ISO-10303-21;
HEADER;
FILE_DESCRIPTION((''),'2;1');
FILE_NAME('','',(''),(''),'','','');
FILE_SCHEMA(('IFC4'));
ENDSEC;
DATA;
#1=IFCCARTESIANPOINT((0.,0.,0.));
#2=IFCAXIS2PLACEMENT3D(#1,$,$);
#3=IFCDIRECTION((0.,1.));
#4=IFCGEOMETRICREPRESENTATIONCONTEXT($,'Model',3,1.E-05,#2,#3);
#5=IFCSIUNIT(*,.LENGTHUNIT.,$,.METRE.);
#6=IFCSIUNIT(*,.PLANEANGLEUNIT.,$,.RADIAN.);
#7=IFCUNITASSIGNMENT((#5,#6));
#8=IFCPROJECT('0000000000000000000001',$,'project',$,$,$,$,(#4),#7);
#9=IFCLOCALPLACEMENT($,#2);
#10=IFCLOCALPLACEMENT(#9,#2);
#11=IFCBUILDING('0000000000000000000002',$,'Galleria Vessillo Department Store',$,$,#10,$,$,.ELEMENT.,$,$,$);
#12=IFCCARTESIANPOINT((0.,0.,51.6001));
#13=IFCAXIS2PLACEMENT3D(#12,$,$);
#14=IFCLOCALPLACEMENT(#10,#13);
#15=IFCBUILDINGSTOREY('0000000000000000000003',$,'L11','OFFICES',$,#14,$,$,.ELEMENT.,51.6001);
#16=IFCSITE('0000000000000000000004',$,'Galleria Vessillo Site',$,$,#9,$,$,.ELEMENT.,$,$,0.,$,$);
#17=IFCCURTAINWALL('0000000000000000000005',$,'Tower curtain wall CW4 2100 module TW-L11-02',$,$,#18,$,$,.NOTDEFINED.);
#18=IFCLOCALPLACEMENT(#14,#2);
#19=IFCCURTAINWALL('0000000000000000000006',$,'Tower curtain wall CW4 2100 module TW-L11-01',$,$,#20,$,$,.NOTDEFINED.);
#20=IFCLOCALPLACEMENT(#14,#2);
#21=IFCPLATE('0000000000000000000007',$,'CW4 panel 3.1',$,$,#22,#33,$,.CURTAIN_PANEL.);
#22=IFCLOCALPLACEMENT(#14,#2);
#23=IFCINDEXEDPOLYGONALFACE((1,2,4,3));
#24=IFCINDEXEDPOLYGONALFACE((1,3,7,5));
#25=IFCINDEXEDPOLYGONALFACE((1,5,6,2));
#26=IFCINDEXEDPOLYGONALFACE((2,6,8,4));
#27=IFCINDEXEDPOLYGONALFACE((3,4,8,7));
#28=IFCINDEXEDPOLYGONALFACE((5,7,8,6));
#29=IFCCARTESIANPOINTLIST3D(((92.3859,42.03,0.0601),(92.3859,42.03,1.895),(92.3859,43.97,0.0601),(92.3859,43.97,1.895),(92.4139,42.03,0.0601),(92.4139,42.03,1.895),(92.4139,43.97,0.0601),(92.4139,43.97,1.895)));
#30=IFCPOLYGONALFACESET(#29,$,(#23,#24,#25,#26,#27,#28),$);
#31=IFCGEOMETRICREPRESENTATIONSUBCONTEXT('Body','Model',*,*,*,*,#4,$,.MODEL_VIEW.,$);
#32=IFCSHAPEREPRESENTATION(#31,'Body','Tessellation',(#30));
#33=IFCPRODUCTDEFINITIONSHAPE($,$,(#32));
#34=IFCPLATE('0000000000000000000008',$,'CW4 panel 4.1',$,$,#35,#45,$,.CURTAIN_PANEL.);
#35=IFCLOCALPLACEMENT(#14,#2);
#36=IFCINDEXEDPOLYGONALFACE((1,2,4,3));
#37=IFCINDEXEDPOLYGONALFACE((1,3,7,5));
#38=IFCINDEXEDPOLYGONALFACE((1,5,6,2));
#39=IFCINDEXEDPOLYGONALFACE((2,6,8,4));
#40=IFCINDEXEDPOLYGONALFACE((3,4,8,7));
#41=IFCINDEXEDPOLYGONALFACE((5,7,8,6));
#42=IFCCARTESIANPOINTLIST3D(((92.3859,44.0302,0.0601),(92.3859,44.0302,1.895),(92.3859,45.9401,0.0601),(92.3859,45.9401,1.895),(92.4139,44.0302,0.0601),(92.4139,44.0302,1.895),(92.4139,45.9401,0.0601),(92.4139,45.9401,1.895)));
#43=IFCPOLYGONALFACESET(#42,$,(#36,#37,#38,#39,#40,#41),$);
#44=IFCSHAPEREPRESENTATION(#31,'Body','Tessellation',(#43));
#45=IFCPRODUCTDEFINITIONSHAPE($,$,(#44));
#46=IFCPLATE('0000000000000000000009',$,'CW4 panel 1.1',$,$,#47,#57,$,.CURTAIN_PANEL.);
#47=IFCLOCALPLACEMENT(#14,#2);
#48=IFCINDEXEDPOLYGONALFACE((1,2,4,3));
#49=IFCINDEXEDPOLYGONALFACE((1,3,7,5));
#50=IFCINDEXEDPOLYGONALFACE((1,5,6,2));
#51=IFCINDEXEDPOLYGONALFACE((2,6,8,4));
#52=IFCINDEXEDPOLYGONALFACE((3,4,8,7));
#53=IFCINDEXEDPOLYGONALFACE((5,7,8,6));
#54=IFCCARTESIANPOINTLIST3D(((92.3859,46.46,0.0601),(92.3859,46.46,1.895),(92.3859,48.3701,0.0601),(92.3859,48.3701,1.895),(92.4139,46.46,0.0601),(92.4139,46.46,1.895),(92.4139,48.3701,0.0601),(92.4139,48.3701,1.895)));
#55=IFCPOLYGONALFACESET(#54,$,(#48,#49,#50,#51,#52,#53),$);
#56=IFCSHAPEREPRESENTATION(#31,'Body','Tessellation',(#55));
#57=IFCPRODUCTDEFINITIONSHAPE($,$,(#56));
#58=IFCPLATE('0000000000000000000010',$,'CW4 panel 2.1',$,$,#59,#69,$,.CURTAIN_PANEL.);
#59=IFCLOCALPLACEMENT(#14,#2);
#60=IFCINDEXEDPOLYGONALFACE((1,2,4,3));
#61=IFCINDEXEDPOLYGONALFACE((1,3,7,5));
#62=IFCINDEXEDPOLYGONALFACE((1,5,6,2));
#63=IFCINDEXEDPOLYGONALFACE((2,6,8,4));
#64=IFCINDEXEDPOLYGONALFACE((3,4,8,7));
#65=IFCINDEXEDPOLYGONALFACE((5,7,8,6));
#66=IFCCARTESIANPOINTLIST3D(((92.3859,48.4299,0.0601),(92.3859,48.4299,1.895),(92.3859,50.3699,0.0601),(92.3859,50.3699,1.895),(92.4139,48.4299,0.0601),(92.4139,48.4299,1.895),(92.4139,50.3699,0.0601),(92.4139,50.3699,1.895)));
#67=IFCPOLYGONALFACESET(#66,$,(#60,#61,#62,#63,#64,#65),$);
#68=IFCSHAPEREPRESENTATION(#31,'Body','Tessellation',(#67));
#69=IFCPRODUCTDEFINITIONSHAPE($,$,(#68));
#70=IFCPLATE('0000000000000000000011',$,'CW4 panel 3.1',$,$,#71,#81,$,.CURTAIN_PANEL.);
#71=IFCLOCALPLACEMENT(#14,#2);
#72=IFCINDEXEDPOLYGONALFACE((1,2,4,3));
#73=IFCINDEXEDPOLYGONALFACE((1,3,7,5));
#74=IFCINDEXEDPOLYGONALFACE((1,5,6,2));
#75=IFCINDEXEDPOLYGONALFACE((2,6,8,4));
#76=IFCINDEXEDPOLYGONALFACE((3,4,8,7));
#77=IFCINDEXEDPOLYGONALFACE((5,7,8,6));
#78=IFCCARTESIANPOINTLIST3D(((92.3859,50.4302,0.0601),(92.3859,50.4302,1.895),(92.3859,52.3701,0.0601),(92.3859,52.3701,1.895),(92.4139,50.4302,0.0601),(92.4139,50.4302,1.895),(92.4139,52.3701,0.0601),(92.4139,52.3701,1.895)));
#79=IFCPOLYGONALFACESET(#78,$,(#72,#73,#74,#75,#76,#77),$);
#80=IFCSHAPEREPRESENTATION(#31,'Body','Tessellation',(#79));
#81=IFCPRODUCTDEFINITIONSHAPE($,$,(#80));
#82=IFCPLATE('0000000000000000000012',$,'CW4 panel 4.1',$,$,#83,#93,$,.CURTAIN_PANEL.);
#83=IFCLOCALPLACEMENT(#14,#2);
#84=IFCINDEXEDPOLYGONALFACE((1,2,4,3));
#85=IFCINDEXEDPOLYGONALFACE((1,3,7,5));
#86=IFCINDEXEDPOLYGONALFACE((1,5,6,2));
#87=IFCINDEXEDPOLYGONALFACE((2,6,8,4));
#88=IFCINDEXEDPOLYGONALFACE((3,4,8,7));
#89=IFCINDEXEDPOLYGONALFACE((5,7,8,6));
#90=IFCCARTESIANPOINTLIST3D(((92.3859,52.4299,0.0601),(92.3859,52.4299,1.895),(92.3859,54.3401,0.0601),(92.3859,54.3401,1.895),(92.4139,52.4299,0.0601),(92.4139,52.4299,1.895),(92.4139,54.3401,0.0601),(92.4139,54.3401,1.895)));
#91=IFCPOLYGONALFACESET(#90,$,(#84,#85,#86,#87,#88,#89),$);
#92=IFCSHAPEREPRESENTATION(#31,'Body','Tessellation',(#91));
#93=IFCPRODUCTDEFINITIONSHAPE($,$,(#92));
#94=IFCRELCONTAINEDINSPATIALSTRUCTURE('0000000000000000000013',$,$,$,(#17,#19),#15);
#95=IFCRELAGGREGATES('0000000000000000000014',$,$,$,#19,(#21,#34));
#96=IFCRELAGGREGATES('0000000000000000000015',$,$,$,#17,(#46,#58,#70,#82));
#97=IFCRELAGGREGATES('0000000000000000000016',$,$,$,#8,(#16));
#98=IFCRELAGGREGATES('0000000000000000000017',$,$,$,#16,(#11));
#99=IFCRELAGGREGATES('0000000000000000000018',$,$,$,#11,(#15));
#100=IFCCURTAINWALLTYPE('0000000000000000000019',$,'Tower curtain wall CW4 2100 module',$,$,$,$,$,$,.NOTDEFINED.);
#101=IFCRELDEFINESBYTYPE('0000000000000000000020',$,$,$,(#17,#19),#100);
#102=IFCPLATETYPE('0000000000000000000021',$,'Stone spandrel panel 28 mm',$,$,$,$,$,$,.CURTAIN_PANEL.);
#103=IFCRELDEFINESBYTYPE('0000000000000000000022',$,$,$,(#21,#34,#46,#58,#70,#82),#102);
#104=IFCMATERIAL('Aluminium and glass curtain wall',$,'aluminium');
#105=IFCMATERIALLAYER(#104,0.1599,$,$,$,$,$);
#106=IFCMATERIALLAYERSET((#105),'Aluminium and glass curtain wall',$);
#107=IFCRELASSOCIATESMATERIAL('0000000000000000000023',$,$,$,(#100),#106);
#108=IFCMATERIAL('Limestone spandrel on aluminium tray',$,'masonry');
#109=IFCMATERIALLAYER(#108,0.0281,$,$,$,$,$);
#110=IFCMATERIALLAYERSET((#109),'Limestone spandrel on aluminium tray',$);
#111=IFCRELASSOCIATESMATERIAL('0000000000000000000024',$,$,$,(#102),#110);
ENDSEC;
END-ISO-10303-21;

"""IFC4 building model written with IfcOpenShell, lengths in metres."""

from ifc_helpers import new_model, si_unit, direction, frame, origin, origin_2d, place, context, subcontext, project, spatial, rectangle, extrude, material, layer, layer_set, type_object, element, aggregate, save


model = new_model("IFC4")

# Units and contexts
model_context = context("Model", 3, precision=1e-05, world=origin(), true_north=direction((0.0, 1.0)))
body_context = subcontext(model_context, "Body", "Model", "MODEL_VIEW")
ifc_project = project(units=[si_unit("LENGTHUNIT", "METRE"), si_unit("PLANEANGLEUNIT", "RADIAN")], contexts=[model_context])

# Site, building, storey
site_placement = place(None, origin())
site = spatial("IfcSite", under=ifc_project, at=site_placement, Name="Galleria Vessillo Site", CompositionType="ELEMENT", RefElevation=0.0)
building_placement = place(site_placement, origin())
building = spatial("IfcBuilding", under=site, at=building_placement, Name="Galleria Vessillo Department Store", CompositionType="ELEMENT")
storey_placement = place(building_placement, frame((0.0, 0.0, 51.6001)))
storey = spatial("IfcBuildingStorey", under=building, at=storey_placement, Name="L11", Description="OFFICES", CompositionType="ELEMENT", Elevation=51.6001)

# Curtain walls
ifc_material_1 = material(Name="Aluminium and glass curtain wall", Category="aluminium")
ifc_layer_1 = layer(ifc_material_1, 0.1599)
ifc_layer_set_1 = layer_set([ifc_layer_1], Name="Aluminium and glass curtain wall")
curtain_wall_type = type_object("IfcCurtainWallType", Name="Tower curtain wall CW4 2100 module", PredefinedType="NOTDEFINED", material=ifc_layer_set_1)
curtain_wall_1_placement = place(storey_placement, origin())
curtain_wall_1 = element("IfcCurtainWall", 1, at=curtain_wall_1_placement, inside=storey, type_object=curtain_wall_type, Name="Tower curtain wall CW4 2100 module TW-L11-02", PredefinedType="NOTDEFINED")
curtain_wall_2_placement = place(storey_placement, origin())
curtain_wall_2 = element("IfcCurtainWall", 2, at=curtain_wall_2_placement, inside=storey, type_object=curtain_wall_type, Name="Tower curtain wall CW4 2100 module TW-L11-01", PredefinedType="NOTDEFINED")

# Plates
ifc_material_2 = material(Name="Limestone spandrel on aluminium tray", Category="masonry")
ifc_layer_2 = layer(ifc_material_2, 0.0281)
ifc_layer_set_2 = layer_set([ifc_layer_2], Name="Limestone spandrel on aluminium tray")
plate_type_1 = type_object("IfcPlateType", Name="Stone spandrel panel 28 mm", PredefinedType="CURTAIN_PANEL", material=ifc_layer_set_2)
plate_1_placement = place(storey_placement, frame((92.3999, 43.0, 0.0601), z_axis=(0.0, 0.0, 1.0), x_axis=(0.0, 1.0, 0.0)))
plate_1 = element("IfcPlate", 3, at=plate_1_placement, type_object=plate_type_1, Name="CW4 panel 3.1", PredefinedType="CURTAIN_PANEL", context=body_context, shape_type="SweptSolid", body=[
    extrude(rectangle(XDim=1.9399, YDim=0.0281, at=origin_2d()), origin(), (0.0, 0.0, 1.0), 1.835),
])
plate_2_placement = place(storey_placement, frame((92.3999, 44.9851, 0.0601), z_axis=(0.0, 0.0, 1.0), x_axis=(0.0, 1.0, 0.0)))
plate_2 = element("IfcPlate", 4, at=plate_2_placement, type_object=plate_type_1, Name="CW4 panel 4.1", PredefinedType="CURTAIN_PANEL", context=body_context, shape_type="SweptSolid", body=[
    extrude(rectangle(XDim=1.9099, YDim=0.0281, at=origin_2d()), origin(), (0.0, 0.0, 1.0), 1.835),
])
aggregate(curtain_wall_2, [plate_1, plate_2])
plate_3_placement = place(storey_placement, frame((92.3999, 47.415, 0.0601), z_axis=(0.0, 0.0, 1.0), x_axis=(0.0, 1.0, 0.0)))
plate_3 = element("IfcPlate", 5, at=plate_3_placement, type_object=plate_type_1, Name="CW4 panel 1.1", PredefinedType="CURTAIN_PANEL", context=body_context, shape_type="SweptSolid", body=[
    extrude(rectangle(XDim=1.9102, YDim=0.0281, at=origin_2d()), origin(), (0.0, 0.0, 1.0), 1.835),
])
plate_4_placement = place(storey_placement, frame((92.3999, 49.3999, 0.0601), z_axis=(0.0, 0.0, 1.0), x_axis=(0.0, 1.0, 0.0)))
plate_4 = element("IfcPlate", 6, at=plate_4_placement, type_object=plate_type_1, Name="CW4 panel 2.1", PredefinedType="CURTAIN_PANEL", context=body_context, shape_type="SweptSolid", body=[
    extrude(rectangle(XDim=1.9399, YDim=0.0281, at=origin_2d()), origin(), (0.0, 0.0, 1.0), 1.835),
])
plate_5_placement = place(storey_placement, frame((92.3999, 51.4001, 0.0601), z_axis=(0.0, 0.0, 1.0), x_axis=(0.0, 1.0, 0.0)))
plate_5 = element("IfcPlate", 7, at=plate_5_placement, type_object=plate_type_1, Name="CW4 panel 3.1", PredefinedType="CURTAIN_PANEL", context=body_context, shape_type="SweptSolid", body=[
    extrude(rectangle(XDim=1.9399, YDim=0.0281, at=origin_2d()), origin(), (0.0, 0.0, 1.0), 1.835),
])
plate_6_placement = place(storey_placement, frame((92.3999, 53.385, 0.0601), z_axis=(0.0, 0.0, 1.0), x_axis=(0.0, 1.0, 0.0)))
plate_6 = element("IfcPlate", 8, at=plate_6_placement, type_object=plate_type_1, Name="CW4 panel 4.1", PredefinedType="CURTAIN_PANEL", context=body_context, shape_type="SweptSolid", body=[
    extrude(rectangle(XDim=1.9102, YDim=0.0281, at=origin_2d()), origin(), (0.0, 0.0, 1.0), 1.835),
])
aggregate(curtain_wall_1, [plate_3, plate_4, plate_5, plate_6])

save(model, "model.ifc")
